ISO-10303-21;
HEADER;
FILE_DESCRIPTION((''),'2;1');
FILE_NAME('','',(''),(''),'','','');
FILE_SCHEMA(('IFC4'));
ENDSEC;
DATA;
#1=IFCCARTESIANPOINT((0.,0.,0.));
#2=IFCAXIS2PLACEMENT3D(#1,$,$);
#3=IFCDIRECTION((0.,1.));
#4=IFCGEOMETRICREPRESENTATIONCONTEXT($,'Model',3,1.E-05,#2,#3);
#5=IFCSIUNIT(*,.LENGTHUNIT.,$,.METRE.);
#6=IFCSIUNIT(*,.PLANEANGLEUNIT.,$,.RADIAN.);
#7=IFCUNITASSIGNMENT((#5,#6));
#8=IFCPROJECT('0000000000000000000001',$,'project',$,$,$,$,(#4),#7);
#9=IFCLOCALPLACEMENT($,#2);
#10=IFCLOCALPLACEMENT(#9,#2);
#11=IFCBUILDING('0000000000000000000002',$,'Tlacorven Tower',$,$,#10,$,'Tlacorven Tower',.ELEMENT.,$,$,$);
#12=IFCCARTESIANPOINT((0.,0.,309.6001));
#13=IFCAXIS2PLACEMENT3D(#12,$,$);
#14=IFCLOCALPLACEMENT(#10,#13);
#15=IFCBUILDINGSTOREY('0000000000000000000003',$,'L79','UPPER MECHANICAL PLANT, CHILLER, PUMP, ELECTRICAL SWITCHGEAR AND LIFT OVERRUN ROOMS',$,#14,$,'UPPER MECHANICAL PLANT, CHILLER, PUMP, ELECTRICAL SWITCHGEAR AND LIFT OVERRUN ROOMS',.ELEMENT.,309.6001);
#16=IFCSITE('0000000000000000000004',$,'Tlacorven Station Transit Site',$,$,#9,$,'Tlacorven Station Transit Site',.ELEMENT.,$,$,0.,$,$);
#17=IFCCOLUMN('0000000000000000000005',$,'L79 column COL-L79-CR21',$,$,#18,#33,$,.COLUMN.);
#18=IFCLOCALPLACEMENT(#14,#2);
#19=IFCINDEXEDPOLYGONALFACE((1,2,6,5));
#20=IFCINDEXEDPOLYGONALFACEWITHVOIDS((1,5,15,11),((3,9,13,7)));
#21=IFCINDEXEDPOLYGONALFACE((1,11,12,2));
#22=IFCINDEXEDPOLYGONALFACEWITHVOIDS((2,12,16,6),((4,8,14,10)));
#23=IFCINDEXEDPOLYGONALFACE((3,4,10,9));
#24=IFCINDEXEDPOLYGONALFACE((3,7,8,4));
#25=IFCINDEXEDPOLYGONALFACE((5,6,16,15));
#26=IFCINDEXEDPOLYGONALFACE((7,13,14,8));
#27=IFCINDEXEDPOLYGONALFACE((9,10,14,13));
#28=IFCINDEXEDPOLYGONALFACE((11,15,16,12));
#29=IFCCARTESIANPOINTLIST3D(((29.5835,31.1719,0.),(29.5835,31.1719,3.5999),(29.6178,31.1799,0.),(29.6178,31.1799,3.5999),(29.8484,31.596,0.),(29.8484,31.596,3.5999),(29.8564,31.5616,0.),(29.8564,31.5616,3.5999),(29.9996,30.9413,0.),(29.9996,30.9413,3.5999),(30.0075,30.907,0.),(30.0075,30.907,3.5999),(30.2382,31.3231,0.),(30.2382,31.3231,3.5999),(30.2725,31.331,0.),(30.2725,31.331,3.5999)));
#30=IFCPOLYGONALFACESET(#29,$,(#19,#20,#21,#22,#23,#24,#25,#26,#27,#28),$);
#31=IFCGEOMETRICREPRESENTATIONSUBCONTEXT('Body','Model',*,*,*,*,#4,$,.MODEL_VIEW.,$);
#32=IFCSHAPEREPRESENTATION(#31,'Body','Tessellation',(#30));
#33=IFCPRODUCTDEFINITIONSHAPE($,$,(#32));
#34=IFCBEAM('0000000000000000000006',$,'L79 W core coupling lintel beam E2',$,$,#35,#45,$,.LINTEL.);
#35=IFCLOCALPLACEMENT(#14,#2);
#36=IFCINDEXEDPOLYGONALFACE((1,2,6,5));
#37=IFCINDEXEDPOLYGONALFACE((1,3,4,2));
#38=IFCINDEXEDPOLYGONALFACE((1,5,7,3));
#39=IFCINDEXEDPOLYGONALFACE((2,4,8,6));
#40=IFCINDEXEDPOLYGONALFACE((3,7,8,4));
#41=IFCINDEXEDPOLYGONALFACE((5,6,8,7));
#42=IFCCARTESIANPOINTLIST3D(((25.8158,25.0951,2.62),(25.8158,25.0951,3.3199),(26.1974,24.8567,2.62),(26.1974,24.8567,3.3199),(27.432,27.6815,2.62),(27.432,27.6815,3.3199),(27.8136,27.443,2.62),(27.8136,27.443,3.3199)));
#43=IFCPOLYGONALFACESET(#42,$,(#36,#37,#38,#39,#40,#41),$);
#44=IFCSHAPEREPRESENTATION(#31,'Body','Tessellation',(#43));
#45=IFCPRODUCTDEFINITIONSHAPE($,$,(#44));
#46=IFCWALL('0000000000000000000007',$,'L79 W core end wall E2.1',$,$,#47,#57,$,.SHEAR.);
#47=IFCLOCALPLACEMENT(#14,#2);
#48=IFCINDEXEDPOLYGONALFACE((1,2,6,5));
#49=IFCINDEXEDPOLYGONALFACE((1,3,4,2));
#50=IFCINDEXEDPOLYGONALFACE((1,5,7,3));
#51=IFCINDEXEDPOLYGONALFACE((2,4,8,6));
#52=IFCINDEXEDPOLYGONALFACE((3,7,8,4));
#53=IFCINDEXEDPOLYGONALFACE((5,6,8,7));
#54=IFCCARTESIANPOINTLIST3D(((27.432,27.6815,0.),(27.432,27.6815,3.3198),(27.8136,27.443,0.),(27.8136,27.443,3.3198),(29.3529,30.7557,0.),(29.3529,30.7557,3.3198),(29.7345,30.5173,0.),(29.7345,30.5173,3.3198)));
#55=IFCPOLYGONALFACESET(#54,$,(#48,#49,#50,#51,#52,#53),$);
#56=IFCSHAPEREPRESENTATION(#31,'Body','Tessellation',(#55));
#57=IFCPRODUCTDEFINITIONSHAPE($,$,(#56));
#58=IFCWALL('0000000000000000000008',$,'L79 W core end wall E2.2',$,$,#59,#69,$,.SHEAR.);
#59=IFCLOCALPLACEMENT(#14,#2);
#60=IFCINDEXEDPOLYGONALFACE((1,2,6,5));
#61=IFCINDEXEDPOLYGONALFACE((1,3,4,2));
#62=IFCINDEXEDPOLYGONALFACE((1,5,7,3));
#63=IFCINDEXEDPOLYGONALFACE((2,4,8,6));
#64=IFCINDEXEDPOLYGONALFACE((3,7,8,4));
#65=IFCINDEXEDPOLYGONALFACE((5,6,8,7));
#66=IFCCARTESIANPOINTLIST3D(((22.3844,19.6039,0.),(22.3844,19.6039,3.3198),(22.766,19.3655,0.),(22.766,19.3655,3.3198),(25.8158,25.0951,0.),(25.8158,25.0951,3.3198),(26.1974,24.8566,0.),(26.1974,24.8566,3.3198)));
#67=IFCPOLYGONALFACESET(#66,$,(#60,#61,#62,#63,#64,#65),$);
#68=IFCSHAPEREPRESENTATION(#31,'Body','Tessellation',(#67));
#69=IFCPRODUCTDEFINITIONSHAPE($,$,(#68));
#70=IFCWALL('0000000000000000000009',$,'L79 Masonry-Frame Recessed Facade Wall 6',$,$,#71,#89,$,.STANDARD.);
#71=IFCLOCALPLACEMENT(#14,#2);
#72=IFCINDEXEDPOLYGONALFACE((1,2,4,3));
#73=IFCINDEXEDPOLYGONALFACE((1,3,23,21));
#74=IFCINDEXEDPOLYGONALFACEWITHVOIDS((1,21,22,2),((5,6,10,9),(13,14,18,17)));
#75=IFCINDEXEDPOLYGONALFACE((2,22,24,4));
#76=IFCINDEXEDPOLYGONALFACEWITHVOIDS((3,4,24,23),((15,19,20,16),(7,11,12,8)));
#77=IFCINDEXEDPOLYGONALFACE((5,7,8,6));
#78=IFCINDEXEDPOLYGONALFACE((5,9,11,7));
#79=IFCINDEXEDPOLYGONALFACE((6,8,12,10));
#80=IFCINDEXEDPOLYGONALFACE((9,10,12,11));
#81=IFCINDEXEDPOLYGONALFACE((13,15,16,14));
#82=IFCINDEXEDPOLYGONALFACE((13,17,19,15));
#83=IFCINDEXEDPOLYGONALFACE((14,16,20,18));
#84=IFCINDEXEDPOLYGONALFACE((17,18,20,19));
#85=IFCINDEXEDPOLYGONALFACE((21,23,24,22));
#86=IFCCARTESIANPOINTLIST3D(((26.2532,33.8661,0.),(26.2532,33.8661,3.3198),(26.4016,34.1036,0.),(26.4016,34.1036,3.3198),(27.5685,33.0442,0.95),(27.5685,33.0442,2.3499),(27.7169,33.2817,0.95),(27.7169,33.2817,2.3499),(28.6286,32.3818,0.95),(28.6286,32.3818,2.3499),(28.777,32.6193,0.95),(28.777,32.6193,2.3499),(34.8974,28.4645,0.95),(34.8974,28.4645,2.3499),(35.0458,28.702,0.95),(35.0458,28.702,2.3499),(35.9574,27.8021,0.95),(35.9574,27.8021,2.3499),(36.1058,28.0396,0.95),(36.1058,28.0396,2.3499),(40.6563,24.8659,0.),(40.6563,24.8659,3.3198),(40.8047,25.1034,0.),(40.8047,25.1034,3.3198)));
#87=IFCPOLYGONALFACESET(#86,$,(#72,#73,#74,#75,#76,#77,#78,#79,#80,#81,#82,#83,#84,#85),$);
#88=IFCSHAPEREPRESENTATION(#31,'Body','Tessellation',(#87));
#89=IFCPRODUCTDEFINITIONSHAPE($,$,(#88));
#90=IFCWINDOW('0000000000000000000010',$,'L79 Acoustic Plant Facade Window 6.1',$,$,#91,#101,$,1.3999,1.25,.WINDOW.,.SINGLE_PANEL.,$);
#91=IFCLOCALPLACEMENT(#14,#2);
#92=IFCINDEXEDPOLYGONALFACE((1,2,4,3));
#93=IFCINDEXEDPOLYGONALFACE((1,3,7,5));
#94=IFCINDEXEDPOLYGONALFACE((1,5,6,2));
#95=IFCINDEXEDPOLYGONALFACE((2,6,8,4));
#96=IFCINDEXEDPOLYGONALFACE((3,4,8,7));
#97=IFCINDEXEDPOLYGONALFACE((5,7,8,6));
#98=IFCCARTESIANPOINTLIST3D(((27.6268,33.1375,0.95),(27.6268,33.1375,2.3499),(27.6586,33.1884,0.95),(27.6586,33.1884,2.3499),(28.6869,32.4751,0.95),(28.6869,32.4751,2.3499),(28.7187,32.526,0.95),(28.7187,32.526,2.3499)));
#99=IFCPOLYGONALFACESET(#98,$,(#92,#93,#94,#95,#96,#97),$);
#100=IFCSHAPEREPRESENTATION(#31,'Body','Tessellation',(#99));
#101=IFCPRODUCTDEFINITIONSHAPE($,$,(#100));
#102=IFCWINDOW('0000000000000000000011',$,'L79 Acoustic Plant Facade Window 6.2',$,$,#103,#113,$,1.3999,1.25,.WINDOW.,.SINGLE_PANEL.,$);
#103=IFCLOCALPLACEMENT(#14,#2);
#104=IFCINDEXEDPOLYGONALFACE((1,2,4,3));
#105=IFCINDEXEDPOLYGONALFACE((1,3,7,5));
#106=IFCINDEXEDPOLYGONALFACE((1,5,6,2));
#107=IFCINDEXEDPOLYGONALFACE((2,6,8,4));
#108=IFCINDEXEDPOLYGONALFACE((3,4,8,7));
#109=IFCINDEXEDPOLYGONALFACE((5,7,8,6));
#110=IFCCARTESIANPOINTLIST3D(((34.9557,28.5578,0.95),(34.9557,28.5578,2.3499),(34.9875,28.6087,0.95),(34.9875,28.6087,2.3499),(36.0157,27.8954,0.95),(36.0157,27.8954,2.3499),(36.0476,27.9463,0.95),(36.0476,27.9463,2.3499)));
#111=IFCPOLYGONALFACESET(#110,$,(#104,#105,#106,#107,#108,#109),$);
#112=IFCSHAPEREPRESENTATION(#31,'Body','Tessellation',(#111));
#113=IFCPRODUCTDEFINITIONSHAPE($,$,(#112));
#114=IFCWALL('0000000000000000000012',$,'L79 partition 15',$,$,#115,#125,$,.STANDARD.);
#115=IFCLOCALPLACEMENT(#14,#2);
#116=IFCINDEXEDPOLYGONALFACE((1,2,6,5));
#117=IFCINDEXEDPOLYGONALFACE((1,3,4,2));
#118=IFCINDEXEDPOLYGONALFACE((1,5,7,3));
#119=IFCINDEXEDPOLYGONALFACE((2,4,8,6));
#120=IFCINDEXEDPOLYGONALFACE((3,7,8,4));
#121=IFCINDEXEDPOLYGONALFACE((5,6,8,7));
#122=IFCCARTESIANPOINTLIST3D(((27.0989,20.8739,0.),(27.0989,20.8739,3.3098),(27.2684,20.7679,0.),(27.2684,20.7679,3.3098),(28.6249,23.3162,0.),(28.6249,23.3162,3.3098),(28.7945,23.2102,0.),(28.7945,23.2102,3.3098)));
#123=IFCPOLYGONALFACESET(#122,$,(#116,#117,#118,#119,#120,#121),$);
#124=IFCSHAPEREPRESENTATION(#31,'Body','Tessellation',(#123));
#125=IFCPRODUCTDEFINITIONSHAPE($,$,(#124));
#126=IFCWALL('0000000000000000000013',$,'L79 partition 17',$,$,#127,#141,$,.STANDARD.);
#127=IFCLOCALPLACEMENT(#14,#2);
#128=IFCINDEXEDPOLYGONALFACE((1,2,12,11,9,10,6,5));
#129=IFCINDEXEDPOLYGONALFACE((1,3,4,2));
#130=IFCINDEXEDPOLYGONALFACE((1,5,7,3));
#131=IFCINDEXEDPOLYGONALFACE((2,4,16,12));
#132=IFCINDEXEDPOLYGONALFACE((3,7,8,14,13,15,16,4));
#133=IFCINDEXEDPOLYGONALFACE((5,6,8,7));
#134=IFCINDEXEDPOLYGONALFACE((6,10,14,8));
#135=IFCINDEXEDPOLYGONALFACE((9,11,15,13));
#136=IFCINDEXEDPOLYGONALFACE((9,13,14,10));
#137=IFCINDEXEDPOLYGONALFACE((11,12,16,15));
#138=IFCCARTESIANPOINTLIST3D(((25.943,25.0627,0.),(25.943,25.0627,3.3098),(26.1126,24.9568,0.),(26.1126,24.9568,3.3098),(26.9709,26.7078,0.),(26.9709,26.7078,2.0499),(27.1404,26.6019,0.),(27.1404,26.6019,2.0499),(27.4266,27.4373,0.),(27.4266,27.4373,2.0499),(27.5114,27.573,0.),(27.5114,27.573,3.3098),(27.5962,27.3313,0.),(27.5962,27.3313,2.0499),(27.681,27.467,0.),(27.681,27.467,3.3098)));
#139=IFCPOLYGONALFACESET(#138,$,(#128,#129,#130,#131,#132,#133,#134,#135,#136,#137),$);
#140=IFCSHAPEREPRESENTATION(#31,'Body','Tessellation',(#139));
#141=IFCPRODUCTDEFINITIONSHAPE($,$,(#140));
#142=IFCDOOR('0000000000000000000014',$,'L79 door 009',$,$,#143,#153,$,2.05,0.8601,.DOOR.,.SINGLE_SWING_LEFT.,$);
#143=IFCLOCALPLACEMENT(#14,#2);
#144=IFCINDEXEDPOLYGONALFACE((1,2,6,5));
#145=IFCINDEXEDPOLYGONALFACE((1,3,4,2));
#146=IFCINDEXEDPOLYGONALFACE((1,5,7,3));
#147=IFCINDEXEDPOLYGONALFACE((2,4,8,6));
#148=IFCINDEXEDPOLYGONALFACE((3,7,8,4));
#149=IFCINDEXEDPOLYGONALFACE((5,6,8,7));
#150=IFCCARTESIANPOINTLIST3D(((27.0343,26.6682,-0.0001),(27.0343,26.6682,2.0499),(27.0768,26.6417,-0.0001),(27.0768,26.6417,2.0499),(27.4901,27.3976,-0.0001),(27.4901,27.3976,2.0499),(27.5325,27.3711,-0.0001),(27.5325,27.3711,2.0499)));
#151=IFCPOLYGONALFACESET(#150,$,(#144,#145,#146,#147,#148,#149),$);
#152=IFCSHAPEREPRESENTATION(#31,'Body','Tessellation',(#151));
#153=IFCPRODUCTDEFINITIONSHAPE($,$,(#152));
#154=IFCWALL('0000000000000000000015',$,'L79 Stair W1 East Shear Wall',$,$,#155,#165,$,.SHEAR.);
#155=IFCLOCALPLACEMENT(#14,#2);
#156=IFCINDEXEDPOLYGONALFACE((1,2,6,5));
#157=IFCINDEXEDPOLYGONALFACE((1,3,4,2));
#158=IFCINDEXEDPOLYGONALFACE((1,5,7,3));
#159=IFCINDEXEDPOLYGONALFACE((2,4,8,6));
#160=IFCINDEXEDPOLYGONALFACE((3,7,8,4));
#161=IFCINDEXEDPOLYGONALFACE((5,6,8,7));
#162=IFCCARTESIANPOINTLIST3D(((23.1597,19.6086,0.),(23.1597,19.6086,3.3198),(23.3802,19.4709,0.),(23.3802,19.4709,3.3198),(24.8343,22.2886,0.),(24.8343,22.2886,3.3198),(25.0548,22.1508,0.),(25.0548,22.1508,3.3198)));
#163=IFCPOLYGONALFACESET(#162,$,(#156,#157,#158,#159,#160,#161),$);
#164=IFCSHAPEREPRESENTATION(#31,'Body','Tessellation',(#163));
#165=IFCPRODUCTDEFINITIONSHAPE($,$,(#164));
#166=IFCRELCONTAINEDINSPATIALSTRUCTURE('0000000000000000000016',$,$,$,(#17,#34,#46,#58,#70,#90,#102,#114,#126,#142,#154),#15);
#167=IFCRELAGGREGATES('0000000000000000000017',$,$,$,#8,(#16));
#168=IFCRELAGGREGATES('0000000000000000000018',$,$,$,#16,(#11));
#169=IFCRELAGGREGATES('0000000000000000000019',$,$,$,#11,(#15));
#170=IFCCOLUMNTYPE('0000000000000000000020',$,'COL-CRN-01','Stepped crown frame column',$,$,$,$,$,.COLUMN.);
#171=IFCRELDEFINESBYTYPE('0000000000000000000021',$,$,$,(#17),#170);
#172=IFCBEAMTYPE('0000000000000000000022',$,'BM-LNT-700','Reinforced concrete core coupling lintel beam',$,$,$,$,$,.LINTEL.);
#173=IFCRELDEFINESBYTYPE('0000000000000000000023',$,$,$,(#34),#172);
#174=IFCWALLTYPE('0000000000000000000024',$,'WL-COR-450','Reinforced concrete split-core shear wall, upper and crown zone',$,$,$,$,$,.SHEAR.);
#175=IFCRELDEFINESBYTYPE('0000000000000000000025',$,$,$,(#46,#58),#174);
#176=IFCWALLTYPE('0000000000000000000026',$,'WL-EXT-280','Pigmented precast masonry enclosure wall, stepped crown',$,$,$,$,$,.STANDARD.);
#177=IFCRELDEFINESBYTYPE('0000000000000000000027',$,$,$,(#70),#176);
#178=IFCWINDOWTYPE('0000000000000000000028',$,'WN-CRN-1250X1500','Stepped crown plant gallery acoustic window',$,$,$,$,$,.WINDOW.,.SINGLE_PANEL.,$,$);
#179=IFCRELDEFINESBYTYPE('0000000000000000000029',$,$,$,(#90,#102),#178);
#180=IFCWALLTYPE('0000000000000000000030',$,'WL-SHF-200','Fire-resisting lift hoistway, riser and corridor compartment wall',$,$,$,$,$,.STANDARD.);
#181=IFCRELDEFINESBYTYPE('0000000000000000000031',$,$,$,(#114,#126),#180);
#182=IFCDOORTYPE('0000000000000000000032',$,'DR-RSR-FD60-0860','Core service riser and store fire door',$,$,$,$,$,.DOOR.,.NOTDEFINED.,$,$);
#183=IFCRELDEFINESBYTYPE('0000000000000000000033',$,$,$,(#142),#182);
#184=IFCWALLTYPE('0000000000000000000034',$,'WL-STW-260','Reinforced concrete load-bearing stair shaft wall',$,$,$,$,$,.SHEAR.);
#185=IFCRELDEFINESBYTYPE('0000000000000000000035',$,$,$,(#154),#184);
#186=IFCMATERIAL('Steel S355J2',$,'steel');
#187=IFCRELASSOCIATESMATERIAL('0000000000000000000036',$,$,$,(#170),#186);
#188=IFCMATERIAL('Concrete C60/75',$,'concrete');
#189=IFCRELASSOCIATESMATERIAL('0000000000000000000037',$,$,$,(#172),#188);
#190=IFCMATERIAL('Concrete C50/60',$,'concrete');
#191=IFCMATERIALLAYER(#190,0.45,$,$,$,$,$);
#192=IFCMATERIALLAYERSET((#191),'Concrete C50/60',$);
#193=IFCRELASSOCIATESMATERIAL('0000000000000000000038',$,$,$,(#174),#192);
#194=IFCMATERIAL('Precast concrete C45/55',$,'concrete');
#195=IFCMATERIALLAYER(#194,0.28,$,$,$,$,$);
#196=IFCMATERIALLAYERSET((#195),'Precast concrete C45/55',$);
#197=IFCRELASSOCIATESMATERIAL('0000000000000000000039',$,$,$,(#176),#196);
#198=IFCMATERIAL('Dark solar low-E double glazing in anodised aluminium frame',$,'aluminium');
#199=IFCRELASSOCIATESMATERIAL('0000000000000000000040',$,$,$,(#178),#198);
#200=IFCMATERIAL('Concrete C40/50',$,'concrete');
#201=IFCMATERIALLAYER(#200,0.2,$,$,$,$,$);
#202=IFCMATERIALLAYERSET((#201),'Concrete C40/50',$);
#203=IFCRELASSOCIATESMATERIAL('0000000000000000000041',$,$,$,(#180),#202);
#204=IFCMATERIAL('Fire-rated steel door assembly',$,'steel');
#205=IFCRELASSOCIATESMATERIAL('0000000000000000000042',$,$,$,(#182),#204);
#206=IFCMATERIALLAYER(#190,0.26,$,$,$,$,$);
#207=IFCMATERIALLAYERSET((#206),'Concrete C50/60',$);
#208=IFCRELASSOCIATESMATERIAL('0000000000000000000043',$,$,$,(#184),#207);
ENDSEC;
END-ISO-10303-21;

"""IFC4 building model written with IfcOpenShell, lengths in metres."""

from ifc_helpers import new_model, si_unit, direction, frame, frame_2d, origin, origin_2d, place, context, subcontext, project, spatial, rectangle, hollow_rectangle, extrude, source, transform, mapped, material, layer, layer_set, material_profile, profile_set, type_object, element, fill, save


model = new_model("IFC4")

# Units and contexts
model_context = context("Model", 3, precision=1e-05, world=origin(), true_north=direction((0.0, 1.0)))
body_context = subcontext(model_context, "Body", "Model", "MODEL_VIEW")
ifc_project = project(units=[si_unit("LENGTHUNIT", "METRE"), si_unit("PLANEANGLEUNIT", "RADIAN")], contexts=[model_context])

# Site, building, storey
site_placement = place(None, origin())
site = spatial("IfcSite", under=ifc_project, at=site_placement, Name="Tlacorven Station Transit Site", LongName="Tlacorven Station Transit Site", CompositionType="ELEMENT", RefElevation=0.0)
building_placement = place(site_placement, origin())
building = spatial("IfcBuilding", under=site, at=building_placement, Name="Tlacorven Tower", LongName="Tlacorven Tower", CompositionType="ELEMENT")
storey_placement = place(building_placement, frame((0.0, 0.0, 309.6001)))
storey = spatial("IfcBuildingStorey", under=building, at=storey_placement, Name="L79", Description="UPPER MECHANICAL PLANT, CHILLER, PUMP, ELECTRICAL SWITCHGEAR AND LIFT OVERRUN ROOMS", LongName="UPPER MECHANICAL PLANT, CHILLER, PUMP, ELECTRICAL SWITCHGEAR AND LIFT OVERRUN ROOMS", CompositionType="ELEMENT", Elevation=309.6001)

# Column
ifc_material_1 = material(Name="Steel S355J2", Category="steel")
ifc_material_profile_1 = material_profile(ifc_material_1, hollow_rectangle(XDim=0.5, YDim=0.5, WallThickness=0.0249, at=origin_2d()), Name="BOX 500X500X25")
ifc_profile_set_1 = profile_set([ifc_material_profile_1], Name="Steel S355J2")
column_type = type_object("IfcColumnType", Name="COL-CRN-01", Description="Stepped crown frame column", PredefinedType="COLUMN", material=ifc_profile_set_1)
shared_shape_1 = source(origin(), body_context, "Body", "SweptSolid", [
    extrude(hollow_rectangle(XDim=0.5, YDim=0.5, WallThickness=0.0249, at=origin_2d()), origin(), (0.0, 0.0, 1.0), 3.5999),
])
column_placement = place(storey_placement, frame((29.928, 31.2515, 0.0), z_axis=(0.0, 0.0, 1.0), x_axis=(-0.848048, 0.529919, 0.0)))
element("IfcColumn", 1, at=column_placement, inside=storey, type_object=column_type, Name="L79 column COL-L79-CR21", PredefinedType="COLUMN", context=body_context, shape_type="MappedRepresentation", body=[
    mapped(shared_shape_1, transform((0.0, 0.0, 0.0), scale=1.0)),
])

# Beam
ifc_material_2 = material(Name="Concrete C60/75", Category="concrete")
ifc_material_profile_2 = material_profile(ifc_material_2, rectangle(XDim=0.45, YDim=0.7, at=origin_2d()), Name="RC 450X700")
ifc_profile_set_2 = profile_set([ifc_material_profile_2], Name="Concrete C60/75")
beam_type = type_object("IfcBeamType", Name="BM-LNT-700", Description="Reinforced concrete core coupling lintel beam", PredefinedType="LINTEL", material=ifc_profile_set_2)
shared_shape_2 = source(origin(), body_context, "Body", "SweptSolid", [
    extrude(rectangle(XDim=0.45, YDim=0.7, at=origin_2d()), origin(), (0.0, 0.0, 1.0), 3.0498),
])
beam_placement = place(storey_placement, frame((27.6228, 27.5623, 2.97), z_axis=(-0.529927, -0.848043, 0.0), x_axis=(0.848043, -0.529927, 0.0)))
element("IfcBeam", 2, at=beam_placement, inside=storey, type_object=beam_type, Name="L79 W core coupling lintel beam E2", PredefinedType="LINTEL", context=body_context, shape_type="MappedRepresentation", body=[
    mapped(shared_shape_2, transform((0.0, 0.0, 0.0), scale=1.0)),
])

# Walls
ifc_material_3 = material(Name="Concrete C50/60", Category="concrete")
ifc_layer_1 = layer(ifc_material_3, 0.45)
ifc_layer_set_1 = layer_set([ifc_layer_1], Name="Concrete C50/60")
wall_type_1 = type_object("IfcWallType", Name="WL-COR-450", Description="Reinforced concrete split-core shear wall, upper and crown zone", PredefinedType="SHEAR", material=ifc_layer_set_1)
wall_1_placement = place(storey_placement, frame((29.5437, 30.6365, 0.0), z_axis=(0.0, 0.0, 1.0), x_axis=(-0.529902, -0.848059, 0.0)))
element("IfcWall", 3, at=wall_1_placement, inside=storey, type_object=wall_type_1, Name="L79 W core end wall E2.1", PredefinedType="SHEAR", context=body_context, shape_type="SweptSolid", body=[
    extrude(rectangle(XDim=3.625, YDim=0.45, at=frame_2d((1.8125, 0.0))), origin(), (0.0, 0.0, 1.0), 3.3198),
])
wall_2_placement = place(storey_placement, frame((26.0066, 24.9758, 0.0), z_axis=(0.0, 0.0, 1.0), x_axis=(-0.529931, -0.848041, 0.0)))
element("IfcWall", 4, at=wall_2_placement, inside=storey, type_object=wall_type_1, Name="L79 W core end wall E2.2", PredefinedType="SHEAR", context=body_context, shape_type="SweptSolid", body=[
    extrude(rectangle(XDim=6.4751, YDim=0.45, at=frame_2d((3.2375, 0.0))), origin(), (0.0, 0.0, 1.0), 3.3198),
])

# Wall, openings, windows
ifc_material_4 = material(Name="Precast concrete C45/55", Category="concrete")
ifc_layer_2 = layer(ifc_material_4, 0.28)
ifc_layer_set_2 = layer_set([ifc_layer_2], Name="Precast concrete C45/55")
wall_type_2 = type_object("IfcWallType", Name="WL-EXT-280", Description="Pigmented precast masonry enclosure wall, stepped crown", PredefinedType="STANDARD", material=ifc_layer_set_2)
wall_3_placement = place(storey_placement, frame((26.3274, 33.9849, 0.0), z_axis=(0.0, 0.0, 1.0), x_axis=(0.848043, -0.529928, 0.0)))
wall_3 = element("IfcWall", 5, at=wall_3_placement, inside=storey, type_object=wall_type_2, Name="L79 Masonry-Frame Recessed Facade Wall 6", PredefinedType="STANDARD", context=body_context, shape_type="SweptSolid", body=[
    extrude(rectangle(XDim=16.9839, YDim=0.28, at=frame_2d((8.4919, 0.0))), origin(), (0.0, 0.0, 1.0), 3.3198),
])
opening_1_placement = place(wall_3_placement, frame((1.551, 0.0, 0.95)))
opening_1 = element("IfcOpeningElement", 6, at=opening_1_placement, cuts=wall_3, PredefinedType="OPENING", context=body_context, shape_type="SweptSolid", body=[
    extrude(rectangle(XDim=1.25, YDim=1.3999, at=frame_2d((0.625, 0.7))), frame((0.0, 0.1499, 0.0), z_axis=(0.0, -1.0, 0.0), x_axis=(1.0, 0.0, 0.0)), (0.0, 0.0, 1.0), 0.3),
])
opening_2_placement = place(wall_3_placement, frame((10.1931, 0.0, 0.95)))
opening_2 = element("IfcOpeningElement", 7, at=opening_2_placement, cuts=wall_3, PredefinedType="OPENING", context=body_context, shape_type="SweptSolid", body=[
    extrude(rectangle(XDim=1.25, YDim=1.3999, at=frame_2d((0.625, 0.7))), frame((0.0, 0.1499, 0.0), z_axis=(0.0, -1.0, 0.0), x_axis=(1.0, 0.0, 0.0)), (0.0, 0.0, 1.0), 0.3),
])
ifc_material_5 = material(Name="Dark solar low-E double glazing in anodised aluminium frame", Category="aluminium")
window_type = type_object("IfcWindowType", Name="WN-CRN-1250X1500", Description="Stepped crown plant gallery acoustic window", PartitioningType="SINGLE_PANEL", PredefinedType="WINDOW", material=ifc_material_5)
shared_shape_3 = source(origin(), body_context, "Body", "SweptSolid", [
    extrude(rectangle(XDim=1.25, YDim=1.3999, at=frame_2d((0.625, 0.7))), frame((0.0, 0.03, 0.0), z_axis=(0.0, -1.0, 0.0), x_axis=(1.0, 0.0, 0.0)), (0.0, 0.0, 1.0), 0.0601),
])
window_1_placement = place(opening_1_placement, origin())
window_1 = element("IfcWindow", 8, at=window_1_placement, inside=storey, type_object=window_type, Name="L79 Acoustic Plant Facade Window 6.1", OverallHeight=1.3999, OverallWidth=1.25, PartitioningType="SINGLE_PANEL", PredefinedType="WINDOW", context=body_context, shape_type="MappedRepresentation", body=[
    mapped(shared_shape_3, transform((0.0, 0.0, 0.0), scale=1.0)),
])
fill(opening_1, window_1)
window_2_placement = place(opening_2_placement, origin())
window_2 = element("IfcWindow", 9, at=window_2_placement, inside=storey, type_object=window_type, Name="L79 Acoustic Plant Facade Window 6.2", OverallHeight=1.3999, OverallWidth=1.25, PartitioningType="SINGLE_PANEL", PredefinedType="WINDOW", context=body_context, shape_type="MappedRepresentation", body=[
    mapped(shared_shape_3, transform((0.0, 0.0, 0.0), scale=1.0)),
])
fill(opening_2, window_2)

# Wall
ifc_material_6 = material(Name="Concrete C40/50", Category="concrete")
ifc_layer_3 = layer(ifc_material_6, 0.2)
ifc_layer_set_3 = layer_set([ifc_layer_3], Name="Concrete C40/50")
wall_type_3 = type_object("IfcWallType", Name="WL-SHF-200", Description="Fire-resisting lift hoistway, riser and corridor compartment wall", PredefinedType="STANDARD", material=ifc_layer_set_3)
wall_4_placement = place(storey_placement, frame((28.7097, 23.2632, 0.0), z_axis=(0.0, 0.0, 1.0), x_axis=(-0.529907, -0.848055, 0.0)))
element("IfcWall", 10, at=wall_4_placement, inside=storey, type_object=wall_type_3, Name="L79 partition 15", PredefinedType="STANDARD", context=body_context, shape_type="SweptSolid", body=[
    extrude(rectangle(XDim=2.8799, YDim=0.2, at=frame_2d((1.4399, 0.0))), origin(), (0.0, 0.0, 1.0), 3.3098),
])

# Wall, opening, door
wall_5_placement = place(storey_placement, frame((27.5962, 27.52, 0.0), z_axis=(0.0, 0.0, 1.0), x_axis=(-0.529865, -0.848082, 0.0)))
wall_5 = element("IfcWall", 11, at=wall_5_placement, inside=storey, type_object=wall_type_3, Name="L79 partition 17", PredefinedType="STANDARD", context=body_context, shape_type="SweptSolid", body=[
    extrude(rectangle(XDim=2.96, YDim=0.2, at=frame_2d((1.48, 0.0))), origin(), (0.0, 0.0, 1.0), 3.3098),
])
opening_3_placement = place(wall_5_placement, frame((0.1599, 0.0, 0.0)))
opening_3 = element("IfcOpeningElement", 12, at=opening_3_placement, cuts=wall_5, PredefinedType="OPENING", context=body_context, shape_type="SweptSolid", body=[
    extrude(rectangle(XDim=0.8601, YDim=2.05, at=frame_2d((0.4302, 1.0249))), frame((0.0, 0.1099, 0.0), z_axis=(0.0, -1.0, 0.0), x_axis=(1.0, 0.0, 0.0)), (0.0, 0.0, 1.0), 0.22),
])
ifc_material_7 = material(Name="Fire-rated steel door assembly", Category="steel")
door_type_1 = type_object("IfcDoorType", Name="DR-RSR-FD60-0860", Description="Core service riser and store fire door", OperationType="NOTDEFINED", PredefinedType="DOOR", material=ifc_material_7)
shared_shape_4 = source(origin(), body_context, "Body", "SweptSolid", [
    extrude(rectangle(XDim=0.8601, YDim=2.05, at=frame_2d((0.4302, 1.0249))), frame((0.0, 0.0249, 0.0), z_axis=(0.0, -1.0, 0.0), x_axis=(1.0, 0.0, 0.0)), (0.0, 0.0, 1.0), 0.05),
])
door_1_placement = place(opening_3_placement, origin())
door_1 = element("IfcDoor", 13, at=door_1_placement, inside=storey, type_object=door_type_1, Name="L79 door 009", OperationType="SINGLE_SWING_LEFT", OverallHeight=2.05, OverallWidth=0.8601, PredefinedType="DOOR", context=body_context, shape_type="MappedRepresentation", body=[
    mapped(shared_shape_4, transform((0.0, 0.0, 0.0), scale=1.0)),
])
fill(opening_3, door_1)

# Wall
ifc_layer_4 = layer(ifc_material_3, 0.26)
ifc_layer_set_4 = layer_set([ifc_layer_4], Name="Concrete C50/60")
wall_type_4 = type_object("IfcWallType", Name="WL-STW-260", Description="Reinforced concrete load-bearing stair shaft wall", PredefinedType="SHEAR", material=ifc_layer_set_4)
wall_6_placement = place(storey_placement, frame((24.9446, 22.2197, 0.0), z_axis=(0.0, 0.0, 1.0), x_axis=(-0.529909, -0.848055, 0.0)))
element("IfcWall", 14, at=wall_6_placement, inside=storey, type_object=wall_type_4, Name="L79 Stair W1 East Shear Wall", PredefinedType="SHEAR", context=body_context, shape_type="SweptSolid", body=[
    extrude(rectangle(XDim=3.1602, YDim=0.26, at=frame_2d((1.5801, 0.0))), origin(), (0.0, 0.0, 1.0), 3.3198),
])

save(model, "model.ifc")
